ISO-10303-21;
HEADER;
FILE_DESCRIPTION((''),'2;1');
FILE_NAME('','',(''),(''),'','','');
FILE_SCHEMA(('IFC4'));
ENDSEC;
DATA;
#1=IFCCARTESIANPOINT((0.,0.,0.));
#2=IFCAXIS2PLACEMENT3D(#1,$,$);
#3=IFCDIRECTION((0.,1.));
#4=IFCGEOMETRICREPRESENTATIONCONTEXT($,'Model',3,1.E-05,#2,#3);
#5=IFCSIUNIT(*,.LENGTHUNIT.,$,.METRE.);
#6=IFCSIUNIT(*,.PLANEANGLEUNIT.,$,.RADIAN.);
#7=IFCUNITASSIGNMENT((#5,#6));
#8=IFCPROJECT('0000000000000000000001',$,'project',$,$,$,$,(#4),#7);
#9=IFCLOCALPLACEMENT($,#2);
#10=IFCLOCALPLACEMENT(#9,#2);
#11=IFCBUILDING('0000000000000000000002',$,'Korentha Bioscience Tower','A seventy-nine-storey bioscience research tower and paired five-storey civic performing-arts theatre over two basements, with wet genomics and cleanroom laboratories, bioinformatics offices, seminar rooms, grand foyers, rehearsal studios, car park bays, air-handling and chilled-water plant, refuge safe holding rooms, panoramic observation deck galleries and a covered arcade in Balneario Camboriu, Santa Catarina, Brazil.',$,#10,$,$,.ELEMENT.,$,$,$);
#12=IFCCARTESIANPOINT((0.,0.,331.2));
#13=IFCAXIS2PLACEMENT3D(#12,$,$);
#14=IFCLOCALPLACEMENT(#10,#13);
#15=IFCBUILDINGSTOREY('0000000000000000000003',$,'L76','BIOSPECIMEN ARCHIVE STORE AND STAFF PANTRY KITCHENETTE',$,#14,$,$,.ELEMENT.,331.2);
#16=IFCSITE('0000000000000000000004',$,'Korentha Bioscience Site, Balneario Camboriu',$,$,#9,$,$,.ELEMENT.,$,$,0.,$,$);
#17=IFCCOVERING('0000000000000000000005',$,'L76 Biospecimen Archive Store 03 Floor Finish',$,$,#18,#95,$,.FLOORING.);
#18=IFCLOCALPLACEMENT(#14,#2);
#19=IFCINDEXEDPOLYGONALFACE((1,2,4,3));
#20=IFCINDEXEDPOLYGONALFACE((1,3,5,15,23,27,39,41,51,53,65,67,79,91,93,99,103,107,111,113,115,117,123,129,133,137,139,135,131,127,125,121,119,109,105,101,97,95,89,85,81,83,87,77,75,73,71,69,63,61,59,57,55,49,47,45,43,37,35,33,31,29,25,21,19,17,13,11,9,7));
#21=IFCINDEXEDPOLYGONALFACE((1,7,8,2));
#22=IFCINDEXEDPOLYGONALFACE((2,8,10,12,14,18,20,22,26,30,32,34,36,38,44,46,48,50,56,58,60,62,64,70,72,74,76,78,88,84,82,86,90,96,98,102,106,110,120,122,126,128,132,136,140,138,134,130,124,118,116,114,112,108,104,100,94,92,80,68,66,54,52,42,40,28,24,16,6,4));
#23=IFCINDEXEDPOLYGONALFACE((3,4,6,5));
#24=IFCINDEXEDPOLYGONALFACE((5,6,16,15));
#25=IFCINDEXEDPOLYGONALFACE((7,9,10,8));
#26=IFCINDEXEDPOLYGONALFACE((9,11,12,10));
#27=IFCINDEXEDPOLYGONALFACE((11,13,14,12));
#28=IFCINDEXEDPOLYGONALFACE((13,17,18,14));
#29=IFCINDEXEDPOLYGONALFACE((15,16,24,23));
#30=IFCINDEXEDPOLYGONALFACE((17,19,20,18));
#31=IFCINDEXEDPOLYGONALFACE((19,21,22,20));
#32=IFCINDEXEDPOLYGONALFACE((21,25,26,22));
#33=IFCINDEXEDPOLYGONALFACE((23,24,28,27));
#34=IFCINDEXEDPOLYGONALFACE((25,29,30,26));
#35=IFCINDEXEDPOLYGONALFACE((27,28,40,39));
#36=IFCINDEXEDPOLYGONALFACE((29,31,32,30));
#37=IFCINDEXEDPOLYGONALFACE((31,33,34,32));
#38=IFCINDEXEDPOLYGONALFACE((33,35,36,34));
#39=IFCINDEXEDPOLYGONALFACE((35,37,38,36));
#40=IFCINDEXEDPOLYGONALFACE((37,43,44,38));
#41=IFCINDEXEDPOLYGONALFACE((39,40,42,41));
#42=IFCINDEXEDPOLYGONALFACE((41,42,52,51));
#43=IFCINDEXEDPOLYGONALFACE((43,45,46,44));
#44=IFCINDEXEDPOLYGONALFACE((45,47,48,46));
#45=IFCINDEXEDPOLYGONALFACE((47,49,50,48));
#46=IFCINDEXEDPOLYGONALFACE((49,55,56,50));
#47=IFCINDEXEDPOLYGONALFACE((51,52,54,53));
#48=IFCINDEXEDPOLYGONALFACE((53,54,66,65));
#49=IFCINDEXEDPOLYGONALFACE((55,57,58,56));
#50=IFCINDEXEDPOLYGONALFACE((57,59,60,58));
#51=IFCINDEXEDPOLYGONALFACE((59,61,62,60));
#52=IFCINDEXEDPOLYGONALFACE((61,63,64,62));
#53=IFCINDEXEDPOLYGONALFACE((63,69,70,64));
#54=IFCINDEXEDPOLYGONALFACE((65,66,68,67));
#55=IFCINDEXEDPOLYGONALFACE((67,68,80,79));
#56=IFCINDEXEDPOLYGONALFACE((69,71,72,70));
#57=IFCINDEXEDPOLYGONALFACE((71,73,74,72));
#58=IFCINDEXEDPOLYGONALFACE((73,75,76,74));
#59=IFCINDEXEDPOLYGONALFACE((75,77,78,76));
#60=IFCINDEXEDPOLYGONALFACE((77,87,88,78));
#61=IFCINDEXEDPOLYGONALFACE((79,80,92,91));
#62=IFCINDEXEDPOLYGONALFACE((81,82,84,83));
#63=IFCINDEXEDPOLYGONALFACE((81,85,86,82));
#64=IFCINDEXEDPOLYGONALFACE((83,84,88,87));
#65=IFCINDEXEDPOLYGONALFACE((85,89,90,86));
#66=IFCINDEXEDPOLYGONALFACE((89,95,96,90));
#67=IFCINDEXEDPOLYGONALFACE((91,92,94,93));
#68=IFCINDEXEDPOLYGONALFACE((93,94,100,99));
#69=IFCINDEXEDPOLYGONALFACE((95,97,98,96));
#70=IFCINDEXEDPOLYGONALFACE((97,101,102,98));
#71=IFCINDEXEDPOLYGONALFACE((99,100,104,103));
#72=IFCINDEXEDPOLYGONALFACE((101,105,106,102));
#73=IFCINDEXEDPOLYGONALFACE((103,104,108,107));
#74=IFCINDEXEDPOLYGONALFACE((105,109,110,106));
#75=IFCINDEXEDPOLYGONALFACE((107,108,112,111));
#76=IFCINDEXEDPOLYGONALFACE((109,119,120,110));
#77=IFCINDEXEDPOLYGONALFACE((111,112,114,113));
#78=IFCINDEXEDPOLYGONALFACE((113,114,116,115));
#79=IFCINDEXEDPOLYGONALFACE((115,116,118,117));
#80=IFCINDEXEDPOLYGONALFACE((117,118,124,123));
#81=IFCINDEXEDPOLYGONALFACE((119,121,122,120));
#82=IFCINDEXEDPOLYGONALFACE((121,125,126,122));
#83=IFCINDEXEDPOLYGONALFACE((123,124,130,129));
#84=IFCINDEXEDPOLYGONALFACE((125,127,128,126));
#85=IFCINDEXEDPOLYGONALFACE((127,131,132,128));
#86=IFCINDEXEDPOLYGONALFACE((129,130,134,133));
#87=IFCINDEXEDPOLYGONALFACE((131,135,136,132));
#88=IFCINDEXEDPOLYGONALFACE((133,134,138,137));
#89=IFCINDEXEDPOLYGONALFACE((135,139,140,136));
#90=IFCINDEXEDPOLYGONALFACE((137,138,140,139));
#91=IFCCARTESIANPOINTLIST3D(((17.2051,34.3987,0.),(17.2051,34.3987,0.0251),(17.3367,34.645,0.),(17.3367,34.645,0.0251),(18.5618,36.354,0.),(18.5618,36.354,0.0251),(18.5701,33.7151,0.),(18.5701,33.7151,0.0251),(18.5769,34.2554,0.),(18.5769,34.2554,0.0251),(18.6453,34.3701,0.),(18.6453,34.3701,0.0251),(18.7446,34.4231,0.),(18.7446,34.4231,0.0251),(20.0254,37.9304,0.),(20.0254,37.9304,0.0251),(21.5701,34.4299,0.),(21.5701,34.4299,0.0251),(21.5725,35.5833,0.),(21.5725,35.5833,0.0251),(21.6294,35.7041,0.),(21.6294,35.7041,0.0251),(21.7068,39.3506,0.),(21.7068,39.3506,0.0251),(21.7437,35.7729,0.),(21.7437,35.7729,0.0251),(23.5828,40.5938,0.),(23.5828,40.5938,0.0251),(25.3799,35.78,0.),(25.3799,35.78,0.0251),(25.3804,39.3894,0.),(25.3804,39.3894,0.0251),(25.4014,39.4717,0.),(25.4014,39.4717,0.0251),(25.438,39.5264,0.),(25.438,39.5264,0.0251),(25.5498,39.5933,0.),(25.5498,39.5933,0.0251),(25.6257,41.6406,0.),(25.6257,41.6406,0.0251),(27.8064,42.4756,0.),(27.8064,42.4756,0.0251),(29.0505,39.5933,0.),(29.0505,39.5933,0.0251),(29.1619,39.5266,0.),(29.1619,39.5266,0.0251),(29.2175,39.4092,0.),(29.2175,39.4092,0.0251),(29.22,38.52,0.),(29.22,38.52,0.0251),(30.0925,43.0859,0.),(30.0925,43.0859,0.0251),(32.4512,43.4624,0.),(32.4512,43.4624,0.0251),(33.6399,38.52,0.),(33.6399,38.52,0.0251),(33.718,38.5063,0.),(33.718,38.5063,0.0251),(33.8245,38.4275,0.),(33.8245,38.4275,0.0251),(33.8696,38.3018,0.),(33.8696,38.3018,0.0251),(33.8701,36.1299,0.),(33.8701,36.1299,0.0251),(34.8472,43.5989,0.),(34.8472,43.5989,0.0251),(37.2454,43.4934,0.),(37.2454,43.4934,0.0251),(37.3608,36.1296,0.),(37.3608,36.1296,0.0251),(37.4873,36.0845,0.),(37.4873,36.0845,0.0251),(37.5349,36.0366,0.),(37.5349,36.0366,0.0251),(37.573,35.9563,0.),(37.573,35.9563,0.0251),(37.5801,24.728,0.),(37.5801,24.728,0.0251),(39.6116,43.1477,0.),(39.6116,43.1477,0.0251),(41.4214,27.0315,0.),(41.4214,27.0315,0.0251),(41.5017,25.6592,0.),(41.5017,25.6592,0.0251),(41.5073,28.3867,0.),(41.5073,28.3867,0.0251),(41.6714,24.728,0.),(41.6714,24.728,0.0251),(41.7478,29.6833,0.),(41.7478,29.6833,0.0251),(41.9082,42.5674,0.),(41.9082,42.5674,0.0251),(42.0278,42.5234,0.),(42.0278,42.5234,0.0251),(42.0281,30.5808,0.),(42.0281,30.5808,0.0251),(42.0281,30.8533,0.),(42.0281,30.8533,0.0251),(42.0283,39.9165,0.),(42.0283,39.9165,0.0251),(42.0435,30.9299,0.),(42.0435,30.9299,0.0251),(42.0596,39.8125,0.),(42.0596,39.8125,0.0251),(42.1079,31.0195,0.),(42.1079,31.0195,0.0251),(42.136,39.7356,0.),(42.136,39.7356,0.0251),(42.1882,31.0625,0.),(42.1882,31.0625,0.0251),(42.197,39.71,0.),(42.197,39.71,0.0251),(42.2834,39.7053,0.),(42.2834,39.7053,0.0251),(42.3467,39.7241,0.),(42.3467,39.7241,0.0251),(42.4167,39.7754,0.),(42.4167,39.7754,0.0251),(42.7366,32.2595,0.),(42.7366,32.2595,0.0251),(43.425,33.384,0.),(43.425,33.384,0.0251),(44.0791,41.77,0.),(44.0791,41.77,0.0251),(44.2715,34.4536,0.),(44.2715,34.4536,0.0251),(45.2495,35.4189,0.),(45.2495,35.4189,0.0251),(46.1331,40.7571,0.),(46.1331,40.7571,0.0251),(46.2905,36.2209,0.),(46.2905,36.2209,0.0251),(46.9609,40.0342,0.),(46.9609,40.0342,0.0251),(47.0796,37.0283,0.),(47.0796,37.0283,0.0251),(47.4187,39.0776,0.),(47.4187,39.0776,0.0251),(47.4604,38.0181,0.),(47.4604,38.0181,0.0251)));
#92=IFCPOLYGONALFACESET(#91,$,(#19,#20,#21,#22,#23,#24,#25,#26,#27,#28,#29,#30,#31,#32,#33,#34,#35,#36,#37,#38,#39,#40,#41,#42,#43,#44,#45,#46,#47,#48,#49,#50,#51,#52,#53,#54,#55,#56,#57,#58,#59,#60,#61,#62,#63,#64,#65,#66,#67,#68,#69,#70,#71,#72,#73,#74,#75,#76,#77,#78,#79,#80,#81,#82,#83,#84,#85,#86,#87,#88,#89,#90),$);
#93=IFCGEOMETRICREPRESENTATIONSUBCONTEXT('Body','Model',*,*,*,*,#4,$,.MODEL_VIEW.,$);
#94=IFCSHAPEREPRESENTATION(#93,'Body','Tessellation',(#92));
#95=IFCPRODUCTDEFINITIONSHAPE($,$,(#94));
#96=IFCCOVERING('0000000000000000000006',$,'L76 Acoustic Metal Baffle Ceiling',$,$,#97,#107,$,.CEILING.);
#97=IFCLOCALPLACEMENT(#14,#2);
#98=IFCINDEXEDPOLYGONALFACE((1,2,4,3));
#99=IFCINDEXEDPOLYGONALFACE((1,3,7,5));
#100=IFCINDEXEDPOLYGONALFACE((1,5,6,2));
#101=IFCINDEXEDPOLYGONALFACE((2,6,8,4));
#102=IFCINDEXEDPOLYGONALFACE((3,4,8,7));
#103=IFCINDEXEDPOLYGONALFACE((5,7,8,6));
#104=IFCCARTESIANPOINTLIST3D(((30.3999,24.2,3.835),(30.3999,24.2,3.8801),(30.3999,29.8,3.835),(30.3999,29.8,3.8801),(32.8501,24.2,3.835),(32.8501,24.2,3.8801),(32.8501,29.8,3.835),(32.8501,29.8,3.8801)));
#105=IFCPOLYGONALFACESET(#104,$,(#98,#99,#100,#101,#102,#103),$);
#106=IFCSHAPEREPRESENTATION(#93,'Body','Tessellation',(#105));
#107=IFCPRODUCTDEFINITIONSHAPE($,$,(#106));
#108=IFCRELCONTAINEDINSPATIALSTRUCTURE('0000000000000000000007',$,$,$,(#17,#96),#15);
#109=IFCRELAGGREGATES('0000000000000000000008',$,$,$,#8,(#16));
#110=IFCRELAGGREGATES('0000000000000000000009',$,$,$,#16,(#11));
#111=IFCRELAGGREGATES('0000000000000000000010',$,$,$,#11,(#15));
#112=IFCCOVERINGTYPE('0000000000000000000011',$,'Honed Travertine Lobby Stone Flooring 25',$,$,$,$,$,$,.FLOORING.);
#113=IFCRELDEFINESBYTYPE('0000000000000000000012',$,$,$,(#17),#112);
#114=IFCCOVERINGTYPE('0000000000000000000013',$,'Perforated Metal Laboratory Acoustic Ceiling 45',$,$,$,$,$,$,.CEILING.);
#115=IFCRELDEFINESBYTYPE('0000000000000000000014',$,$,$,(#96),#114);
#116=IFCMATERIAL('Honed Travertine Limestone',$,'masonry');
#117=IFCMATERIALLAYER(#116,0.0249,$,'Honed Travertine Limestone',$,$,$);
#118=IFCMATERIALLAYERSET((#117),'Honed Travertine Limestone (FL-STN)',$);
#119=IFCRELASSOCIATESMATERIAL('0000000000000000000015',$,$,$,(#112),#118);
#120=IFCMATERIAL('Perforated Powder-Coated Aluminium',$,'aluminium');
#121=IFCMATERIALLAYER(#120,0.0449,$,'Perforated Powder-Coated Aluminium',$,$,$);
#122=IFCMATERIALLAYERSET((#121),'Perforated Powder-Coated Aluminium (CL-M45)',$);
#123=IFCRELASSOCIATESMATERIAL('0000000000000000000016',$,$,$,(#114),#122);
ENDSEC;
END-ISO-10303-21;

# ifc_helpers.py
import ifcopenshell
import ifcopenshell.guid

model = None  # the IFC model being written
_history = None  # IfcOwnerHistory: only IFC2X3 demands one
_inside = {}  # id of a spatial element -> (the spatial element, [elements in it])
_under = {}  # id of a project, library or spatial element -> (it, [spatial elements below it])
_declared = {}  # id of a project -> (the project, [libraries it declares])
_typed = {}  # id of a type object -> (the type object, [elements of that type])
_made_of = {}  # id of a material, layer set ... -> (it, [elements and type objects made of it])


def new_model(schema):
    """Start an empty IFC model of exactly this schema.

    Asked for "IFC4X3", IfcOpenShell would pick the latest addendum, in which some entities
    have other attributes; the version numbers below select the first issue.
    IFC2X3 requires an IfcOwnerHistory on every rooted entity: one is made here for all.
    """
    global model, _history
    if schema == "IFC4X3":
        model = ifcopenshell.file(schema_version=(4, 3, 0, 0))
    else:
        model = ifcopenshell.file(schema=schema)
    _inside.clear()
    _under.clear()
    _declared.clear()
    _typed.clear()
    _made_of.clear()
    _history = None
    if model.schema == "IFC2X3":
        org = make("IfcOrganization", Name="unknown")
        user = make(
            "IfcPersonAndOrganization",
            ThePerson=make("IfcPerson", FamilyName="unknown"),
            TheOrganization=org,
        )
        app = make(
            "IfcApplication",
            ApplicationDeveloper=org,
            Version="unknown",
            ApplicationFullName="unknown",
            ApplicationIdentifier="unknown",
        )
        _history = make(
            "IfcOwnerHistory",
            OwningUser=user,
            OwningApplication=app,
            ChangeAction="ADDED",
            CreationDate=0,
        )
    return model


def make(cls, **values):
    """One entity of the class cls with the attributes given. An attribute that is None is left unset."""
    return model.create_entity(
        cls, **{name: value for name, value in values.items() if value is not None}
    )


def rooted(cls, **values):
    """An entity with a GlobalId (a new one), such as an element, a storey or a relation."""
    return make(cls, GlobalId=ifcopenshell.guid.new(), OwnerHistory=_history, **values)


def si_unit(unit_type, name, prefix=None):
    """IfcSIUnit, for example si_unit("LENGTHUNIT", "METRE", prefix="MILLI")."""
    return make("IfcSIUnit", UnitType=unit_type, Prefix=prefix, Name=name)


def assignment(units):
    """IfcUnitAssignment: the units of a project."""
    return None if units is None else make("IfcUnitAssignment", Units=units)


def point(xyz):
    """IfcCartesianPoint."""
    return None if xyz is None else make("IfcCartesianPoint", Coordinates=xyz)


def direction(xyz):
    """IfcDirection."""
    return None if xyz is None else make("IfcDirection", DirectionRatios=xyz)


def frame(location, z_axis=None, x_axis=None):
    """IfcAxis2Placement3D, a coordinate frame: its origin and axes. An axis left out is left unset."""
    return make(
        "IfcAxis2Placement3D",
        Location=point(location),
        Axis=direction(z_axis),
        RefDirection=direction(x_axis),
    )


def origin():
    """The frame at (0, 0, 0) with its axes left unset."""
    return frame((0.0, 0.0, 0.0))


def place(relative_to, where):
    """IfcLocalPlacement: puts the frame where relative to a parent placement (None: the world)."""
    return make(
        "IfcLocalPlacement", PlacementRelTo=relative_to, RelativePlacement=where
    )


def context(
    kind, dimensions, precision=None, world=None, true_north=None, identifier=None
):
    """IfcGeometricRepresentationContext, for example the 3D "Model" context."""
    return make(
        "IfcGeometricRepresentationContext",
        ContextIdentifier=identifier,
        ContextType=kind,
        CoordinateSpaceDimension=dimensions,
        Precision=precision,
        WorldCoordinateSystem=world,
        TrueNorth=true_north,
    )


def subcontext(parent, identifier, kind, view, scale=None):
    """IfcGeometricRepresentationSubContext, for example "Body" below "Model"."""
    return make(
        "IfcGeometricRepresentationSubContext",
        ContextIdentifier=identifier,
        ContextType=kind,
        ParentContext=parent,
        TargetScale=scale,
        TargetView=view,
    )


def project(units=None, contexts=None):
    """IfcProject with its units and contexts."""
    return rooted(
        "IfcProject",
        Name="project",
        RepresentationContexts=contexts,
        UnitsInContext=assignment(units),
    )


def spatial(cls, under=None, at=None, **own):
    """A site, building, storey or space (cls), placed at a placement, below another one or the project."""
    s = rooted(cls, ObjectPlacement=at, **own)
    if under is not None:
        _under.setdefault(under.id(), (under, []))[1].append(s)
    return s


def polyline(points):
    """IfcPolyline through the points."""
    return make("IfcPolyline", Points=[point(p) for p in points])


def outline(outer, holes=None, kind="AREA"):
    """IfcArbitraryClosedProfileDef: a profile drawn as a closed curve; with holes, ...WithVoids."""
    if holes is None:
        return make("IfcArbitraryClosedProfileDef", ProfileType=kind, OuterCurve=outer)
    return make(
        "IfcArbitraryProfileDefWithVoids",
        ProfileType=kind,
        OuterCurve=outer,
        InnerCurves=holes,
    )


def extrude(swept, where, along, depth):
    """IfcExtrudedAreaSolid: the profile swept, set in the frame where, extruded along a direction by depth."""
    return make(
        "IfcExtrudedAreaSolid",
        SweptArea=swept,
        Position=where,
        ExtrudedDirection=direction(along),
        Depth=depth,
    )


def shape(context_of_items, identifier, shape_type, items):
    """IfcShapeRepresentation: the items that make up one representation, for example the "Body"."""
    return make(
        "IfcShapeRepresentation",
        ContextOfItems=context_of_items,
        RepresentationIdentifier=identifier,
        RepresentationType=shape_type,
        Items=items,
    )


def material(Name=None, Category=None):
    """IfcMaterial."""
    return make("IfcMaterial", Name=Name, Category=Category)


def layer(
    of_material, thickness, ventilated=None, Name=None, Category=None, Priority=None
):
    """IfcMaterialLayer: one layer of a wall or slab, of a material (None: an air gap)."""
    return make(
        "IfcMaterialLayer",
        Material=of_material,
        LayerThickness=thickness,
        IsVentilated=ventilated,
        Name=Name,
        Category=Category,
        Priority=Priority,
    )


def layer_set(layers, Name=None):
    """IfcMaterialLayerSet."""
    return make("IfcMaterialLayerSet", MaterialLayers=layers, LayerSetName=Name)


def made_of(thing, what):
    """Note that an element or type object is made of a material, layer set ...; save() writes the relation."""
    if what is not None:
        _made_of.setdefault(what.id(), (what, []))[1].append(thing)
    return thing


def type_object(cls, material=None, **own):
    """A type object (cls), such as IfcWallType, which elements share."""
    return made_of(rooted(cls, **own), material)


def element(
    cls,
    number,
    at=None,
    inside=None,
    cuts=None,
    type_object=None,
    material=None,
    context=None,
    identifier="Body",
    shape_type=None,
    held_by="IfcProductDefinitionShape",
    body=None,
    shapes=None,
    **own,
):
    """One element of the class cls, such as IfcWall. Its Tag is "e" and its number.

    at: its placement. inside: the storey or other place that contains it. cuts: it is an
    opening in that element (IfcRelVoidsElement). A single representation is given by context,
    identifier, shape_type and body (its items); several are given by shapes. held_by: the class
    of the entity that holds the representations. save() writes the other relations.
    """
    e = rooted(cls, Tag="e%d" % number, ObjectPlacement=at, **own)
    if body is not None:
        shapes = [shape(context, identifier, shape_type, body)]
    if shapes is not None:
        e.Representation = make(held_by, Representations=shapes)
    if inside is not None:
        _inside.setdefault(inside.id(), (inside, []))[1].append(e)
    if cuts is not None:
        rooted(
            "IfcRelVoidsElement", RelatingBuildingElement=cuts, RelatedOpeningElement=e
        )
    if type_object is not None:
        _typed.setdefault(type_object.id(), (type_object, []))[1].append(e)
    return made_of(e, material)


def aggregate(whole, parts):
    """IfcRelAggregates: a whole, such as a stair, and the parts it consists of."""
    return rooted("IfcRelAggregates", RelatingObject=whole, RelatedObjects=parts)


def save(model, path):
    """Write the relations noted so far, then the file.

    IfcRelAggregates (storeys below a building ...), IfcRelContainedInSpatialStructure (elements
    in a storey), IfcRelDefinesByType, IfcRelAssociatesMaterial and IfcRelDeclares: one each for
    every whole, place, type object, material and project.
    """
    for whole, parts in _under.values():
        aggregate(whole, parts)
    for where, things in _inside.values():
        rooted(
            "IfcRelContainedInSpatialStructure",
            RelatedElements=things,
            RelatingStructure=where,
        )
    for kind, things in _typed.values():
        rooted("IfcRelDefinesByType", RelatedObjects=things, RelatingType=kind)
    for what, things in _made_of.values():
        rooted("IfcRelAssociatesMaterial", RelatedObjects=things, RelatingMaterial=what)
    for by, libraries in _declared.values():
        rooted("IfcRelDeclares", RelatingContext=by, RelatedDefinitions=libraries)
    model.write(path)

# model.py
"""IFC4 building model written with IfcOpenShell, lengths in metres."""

from ifc_helpers import new_model, si_unit, direction, frame, origin, place, context, subcontext, project, spatial, polyline, outline, extrude, material, layer, layer_set, type_object, element, save


model = new_model("IFC4")

# Units and contexts
model_context = context("Model", 3, precision=1e-05, world=origin(), true_north=direction((0.0, 1.0)))
body_context = subcontext(model_context, "Body", "Model", "MODEL_VIEW")
ifc_project = project(units=[si_unit("LENGTHUNIT", "METRE"), si_unit("PLANEANGLEUNIT", "RADIAN")], contexts=[model_context])

# Site, building, storey
site_placement = place(None, origin())
site = spatial("IfcSite", under=ifc_project, at=site_placement, Name="Korentha Bioscience Site, Balneario Camboriu", CompositionType="ELEMENT", RefElevation=0.0)
building_placement = place(site_placement, origin())
building = spatial("IfcBuilding", under=site, at=building_placement, Name="Korentha Bioscience Tower", Description="A seventy-nine-storey bioscience research tower and paired five-storey civic performing-arts theatre over two basements, with wet genomics and cleanroom laboratories, bioinformatics offices, seminar rooms, grand foyers, rehearsal studios, car park bays, air-handling and chilled-water plant, refuge safe holding rooms, panoramic observation deck galleries and a covered arcade in Balneario Camboriu, Santa Catarina, Brazil.", CompositionType="ELEMENT")
storey_placement = place(building_placement, frame((0.0, 0.0, 331.2)))
storey = spatial("IfcBuildingStorey", under=building, at=storey_placement, Name="L76", Description="BIOSPECIMEN ARCHIVE STORE AND STAFF PANTRY KITCHENETTE", CompositionType="ELEMENT", Elevation=331.2)

# Coverings
ifc_material_1 = material(Name="Honed Travertine Limestone", Category="masonry")
ifc_layer_1 = layer(ifc_material_1, 0.0249, Name="Honed Travertine Limestone")
ifc_layer_set_1 = layer_set([ifc_layer_1], Name="Honed Travertine Limestone (FL-STN)")
covering_type_1 = type_object("IfcCoveringType", Name="Honed Travertine Lobby Stone Flooring 25", PredefinedType="FLOORING", material=ifc_layer_set_1)
covering_1_placement = place(storey_placement, origin())
element("IfcCovering", 1, at=covering_1_placement, inside=storey, type_object=covering_type_1, Name="L76 Biospecimen Archive Store 03 Floor Finish", PredefinedType="FLOORING", context=body_context, shape_type="SweptSolid", body=[
    extrude(outline(polyline([(17.3367, 34.645), (18.5618, 36.354), (20.0254, 37.9304), (21.7068, 39.3506), (23.5828, 40.5938), (25.6257, 41.6406), (27.8064, 42.4756), (30.0925, 43.0859), (32.4512, 43.4624), (34.8472, 43.5989), (37.2454, 43.4934), (39.6116, 43.1477), (41.9082, 42.5674), (42.0278, 42.5234), (42.0283, 39.9165), (42.0596, 39.8125), (42.136, 39.7356), (42.197, 39.71), (42.2834, 39.7053), (42.3467, 39.7241), (42.4167, 39.7754), (44.0791, 41.77), (46.1331, 40.7571), (46.9609, 40.0342), (47.4187, 39.0776), (47.4604, 38.0181), (47.0796, 37.0283), (46.2905, 36.2209), (45.2495, 35.4189), (44.2715, 34.4536), (43.425, 33.384), (42.7366, 32.2595), (42.1882, 31.0625), (42.1079, 31.0195), (42.0435, 30.9299), (42.0281, 30.8533), (42.0281, 30.5808), (41.7478, 29.6833), (41.5073, 28.3867), (41.4214, 27.0315), (41.5017, 25.6592), (41.6714, 24.728), (37.5801, 24.728), (37.573, 35.9563), (37.5349, 36.0366), (37.4873, 36.0845), (37.3608, 36.1296), (33.8701, 36.1299), (33.8696, 38.3018), (33.8245, 38.4275), (33.718, 38.5063), (33.6399, 38.52), (29.22, 38.52), (29.2175, 39.4092), (29.1619, 39.5266), (29.0505, 39.5933), (25.5498, 39.5933), (25.438, 39.5264), (25.4014, 39.4717), (25.3804, 39.3894), (25.3799, 35.78), (21.7437, 35.7729), (21.6294, 35.7041), (21.5725, 35.5833), (21.5701, 34.4299), (18.7446, 34.4231), (18.6453, 34.3701), (18.5769, 34.2554), (18.5701, 33.7151), (17.2051, 34.3987), (17.3367, 34.645)])), origin(), (0.0, 0.0, 1.0), 0.0251),
])
ifc_material_2 = material(Name="Perforated Powder-Coated Aluminium", Category="aluminium")
ifc_layer_2 = layer(ifc_material_2, 0.0449, Name="Perforated Powder-Coated Aluminium")
ifc_layer_set_2 = layer_set([ifc_layer_2], Name="Perforated Powder-Coated Aluminium (CL-M45)")
covering_type_2 = type_object("IfcCoveringType", Name="Perforated Metal Laboratory Acoustic Ceiling 45", PredefinedType="CEILING", material=ifc_layer_set_2)
covering_2_placement = place(storey_placement, frame((0.0, 0.0, 3.835)))
element("IfcCovering", 2, at=covering_2_placement, inside=storey, type_object=covering_type_2, Name="L76 Acoustic Metal Baffle Ceiling", PredefinedType="CEILING", context=body_context, shape_type="SweptSolid", body=[
    extrude(outline(polyline([(30.3999, 24.2), (32.8501, 24.2), (32.8501, 29.8), (30.3999, 29.8), (30.3999, 24.2)])), origin(), (0.0, 0.0, 1.0), 0.0452),
])

save(model, "model.ifc")
